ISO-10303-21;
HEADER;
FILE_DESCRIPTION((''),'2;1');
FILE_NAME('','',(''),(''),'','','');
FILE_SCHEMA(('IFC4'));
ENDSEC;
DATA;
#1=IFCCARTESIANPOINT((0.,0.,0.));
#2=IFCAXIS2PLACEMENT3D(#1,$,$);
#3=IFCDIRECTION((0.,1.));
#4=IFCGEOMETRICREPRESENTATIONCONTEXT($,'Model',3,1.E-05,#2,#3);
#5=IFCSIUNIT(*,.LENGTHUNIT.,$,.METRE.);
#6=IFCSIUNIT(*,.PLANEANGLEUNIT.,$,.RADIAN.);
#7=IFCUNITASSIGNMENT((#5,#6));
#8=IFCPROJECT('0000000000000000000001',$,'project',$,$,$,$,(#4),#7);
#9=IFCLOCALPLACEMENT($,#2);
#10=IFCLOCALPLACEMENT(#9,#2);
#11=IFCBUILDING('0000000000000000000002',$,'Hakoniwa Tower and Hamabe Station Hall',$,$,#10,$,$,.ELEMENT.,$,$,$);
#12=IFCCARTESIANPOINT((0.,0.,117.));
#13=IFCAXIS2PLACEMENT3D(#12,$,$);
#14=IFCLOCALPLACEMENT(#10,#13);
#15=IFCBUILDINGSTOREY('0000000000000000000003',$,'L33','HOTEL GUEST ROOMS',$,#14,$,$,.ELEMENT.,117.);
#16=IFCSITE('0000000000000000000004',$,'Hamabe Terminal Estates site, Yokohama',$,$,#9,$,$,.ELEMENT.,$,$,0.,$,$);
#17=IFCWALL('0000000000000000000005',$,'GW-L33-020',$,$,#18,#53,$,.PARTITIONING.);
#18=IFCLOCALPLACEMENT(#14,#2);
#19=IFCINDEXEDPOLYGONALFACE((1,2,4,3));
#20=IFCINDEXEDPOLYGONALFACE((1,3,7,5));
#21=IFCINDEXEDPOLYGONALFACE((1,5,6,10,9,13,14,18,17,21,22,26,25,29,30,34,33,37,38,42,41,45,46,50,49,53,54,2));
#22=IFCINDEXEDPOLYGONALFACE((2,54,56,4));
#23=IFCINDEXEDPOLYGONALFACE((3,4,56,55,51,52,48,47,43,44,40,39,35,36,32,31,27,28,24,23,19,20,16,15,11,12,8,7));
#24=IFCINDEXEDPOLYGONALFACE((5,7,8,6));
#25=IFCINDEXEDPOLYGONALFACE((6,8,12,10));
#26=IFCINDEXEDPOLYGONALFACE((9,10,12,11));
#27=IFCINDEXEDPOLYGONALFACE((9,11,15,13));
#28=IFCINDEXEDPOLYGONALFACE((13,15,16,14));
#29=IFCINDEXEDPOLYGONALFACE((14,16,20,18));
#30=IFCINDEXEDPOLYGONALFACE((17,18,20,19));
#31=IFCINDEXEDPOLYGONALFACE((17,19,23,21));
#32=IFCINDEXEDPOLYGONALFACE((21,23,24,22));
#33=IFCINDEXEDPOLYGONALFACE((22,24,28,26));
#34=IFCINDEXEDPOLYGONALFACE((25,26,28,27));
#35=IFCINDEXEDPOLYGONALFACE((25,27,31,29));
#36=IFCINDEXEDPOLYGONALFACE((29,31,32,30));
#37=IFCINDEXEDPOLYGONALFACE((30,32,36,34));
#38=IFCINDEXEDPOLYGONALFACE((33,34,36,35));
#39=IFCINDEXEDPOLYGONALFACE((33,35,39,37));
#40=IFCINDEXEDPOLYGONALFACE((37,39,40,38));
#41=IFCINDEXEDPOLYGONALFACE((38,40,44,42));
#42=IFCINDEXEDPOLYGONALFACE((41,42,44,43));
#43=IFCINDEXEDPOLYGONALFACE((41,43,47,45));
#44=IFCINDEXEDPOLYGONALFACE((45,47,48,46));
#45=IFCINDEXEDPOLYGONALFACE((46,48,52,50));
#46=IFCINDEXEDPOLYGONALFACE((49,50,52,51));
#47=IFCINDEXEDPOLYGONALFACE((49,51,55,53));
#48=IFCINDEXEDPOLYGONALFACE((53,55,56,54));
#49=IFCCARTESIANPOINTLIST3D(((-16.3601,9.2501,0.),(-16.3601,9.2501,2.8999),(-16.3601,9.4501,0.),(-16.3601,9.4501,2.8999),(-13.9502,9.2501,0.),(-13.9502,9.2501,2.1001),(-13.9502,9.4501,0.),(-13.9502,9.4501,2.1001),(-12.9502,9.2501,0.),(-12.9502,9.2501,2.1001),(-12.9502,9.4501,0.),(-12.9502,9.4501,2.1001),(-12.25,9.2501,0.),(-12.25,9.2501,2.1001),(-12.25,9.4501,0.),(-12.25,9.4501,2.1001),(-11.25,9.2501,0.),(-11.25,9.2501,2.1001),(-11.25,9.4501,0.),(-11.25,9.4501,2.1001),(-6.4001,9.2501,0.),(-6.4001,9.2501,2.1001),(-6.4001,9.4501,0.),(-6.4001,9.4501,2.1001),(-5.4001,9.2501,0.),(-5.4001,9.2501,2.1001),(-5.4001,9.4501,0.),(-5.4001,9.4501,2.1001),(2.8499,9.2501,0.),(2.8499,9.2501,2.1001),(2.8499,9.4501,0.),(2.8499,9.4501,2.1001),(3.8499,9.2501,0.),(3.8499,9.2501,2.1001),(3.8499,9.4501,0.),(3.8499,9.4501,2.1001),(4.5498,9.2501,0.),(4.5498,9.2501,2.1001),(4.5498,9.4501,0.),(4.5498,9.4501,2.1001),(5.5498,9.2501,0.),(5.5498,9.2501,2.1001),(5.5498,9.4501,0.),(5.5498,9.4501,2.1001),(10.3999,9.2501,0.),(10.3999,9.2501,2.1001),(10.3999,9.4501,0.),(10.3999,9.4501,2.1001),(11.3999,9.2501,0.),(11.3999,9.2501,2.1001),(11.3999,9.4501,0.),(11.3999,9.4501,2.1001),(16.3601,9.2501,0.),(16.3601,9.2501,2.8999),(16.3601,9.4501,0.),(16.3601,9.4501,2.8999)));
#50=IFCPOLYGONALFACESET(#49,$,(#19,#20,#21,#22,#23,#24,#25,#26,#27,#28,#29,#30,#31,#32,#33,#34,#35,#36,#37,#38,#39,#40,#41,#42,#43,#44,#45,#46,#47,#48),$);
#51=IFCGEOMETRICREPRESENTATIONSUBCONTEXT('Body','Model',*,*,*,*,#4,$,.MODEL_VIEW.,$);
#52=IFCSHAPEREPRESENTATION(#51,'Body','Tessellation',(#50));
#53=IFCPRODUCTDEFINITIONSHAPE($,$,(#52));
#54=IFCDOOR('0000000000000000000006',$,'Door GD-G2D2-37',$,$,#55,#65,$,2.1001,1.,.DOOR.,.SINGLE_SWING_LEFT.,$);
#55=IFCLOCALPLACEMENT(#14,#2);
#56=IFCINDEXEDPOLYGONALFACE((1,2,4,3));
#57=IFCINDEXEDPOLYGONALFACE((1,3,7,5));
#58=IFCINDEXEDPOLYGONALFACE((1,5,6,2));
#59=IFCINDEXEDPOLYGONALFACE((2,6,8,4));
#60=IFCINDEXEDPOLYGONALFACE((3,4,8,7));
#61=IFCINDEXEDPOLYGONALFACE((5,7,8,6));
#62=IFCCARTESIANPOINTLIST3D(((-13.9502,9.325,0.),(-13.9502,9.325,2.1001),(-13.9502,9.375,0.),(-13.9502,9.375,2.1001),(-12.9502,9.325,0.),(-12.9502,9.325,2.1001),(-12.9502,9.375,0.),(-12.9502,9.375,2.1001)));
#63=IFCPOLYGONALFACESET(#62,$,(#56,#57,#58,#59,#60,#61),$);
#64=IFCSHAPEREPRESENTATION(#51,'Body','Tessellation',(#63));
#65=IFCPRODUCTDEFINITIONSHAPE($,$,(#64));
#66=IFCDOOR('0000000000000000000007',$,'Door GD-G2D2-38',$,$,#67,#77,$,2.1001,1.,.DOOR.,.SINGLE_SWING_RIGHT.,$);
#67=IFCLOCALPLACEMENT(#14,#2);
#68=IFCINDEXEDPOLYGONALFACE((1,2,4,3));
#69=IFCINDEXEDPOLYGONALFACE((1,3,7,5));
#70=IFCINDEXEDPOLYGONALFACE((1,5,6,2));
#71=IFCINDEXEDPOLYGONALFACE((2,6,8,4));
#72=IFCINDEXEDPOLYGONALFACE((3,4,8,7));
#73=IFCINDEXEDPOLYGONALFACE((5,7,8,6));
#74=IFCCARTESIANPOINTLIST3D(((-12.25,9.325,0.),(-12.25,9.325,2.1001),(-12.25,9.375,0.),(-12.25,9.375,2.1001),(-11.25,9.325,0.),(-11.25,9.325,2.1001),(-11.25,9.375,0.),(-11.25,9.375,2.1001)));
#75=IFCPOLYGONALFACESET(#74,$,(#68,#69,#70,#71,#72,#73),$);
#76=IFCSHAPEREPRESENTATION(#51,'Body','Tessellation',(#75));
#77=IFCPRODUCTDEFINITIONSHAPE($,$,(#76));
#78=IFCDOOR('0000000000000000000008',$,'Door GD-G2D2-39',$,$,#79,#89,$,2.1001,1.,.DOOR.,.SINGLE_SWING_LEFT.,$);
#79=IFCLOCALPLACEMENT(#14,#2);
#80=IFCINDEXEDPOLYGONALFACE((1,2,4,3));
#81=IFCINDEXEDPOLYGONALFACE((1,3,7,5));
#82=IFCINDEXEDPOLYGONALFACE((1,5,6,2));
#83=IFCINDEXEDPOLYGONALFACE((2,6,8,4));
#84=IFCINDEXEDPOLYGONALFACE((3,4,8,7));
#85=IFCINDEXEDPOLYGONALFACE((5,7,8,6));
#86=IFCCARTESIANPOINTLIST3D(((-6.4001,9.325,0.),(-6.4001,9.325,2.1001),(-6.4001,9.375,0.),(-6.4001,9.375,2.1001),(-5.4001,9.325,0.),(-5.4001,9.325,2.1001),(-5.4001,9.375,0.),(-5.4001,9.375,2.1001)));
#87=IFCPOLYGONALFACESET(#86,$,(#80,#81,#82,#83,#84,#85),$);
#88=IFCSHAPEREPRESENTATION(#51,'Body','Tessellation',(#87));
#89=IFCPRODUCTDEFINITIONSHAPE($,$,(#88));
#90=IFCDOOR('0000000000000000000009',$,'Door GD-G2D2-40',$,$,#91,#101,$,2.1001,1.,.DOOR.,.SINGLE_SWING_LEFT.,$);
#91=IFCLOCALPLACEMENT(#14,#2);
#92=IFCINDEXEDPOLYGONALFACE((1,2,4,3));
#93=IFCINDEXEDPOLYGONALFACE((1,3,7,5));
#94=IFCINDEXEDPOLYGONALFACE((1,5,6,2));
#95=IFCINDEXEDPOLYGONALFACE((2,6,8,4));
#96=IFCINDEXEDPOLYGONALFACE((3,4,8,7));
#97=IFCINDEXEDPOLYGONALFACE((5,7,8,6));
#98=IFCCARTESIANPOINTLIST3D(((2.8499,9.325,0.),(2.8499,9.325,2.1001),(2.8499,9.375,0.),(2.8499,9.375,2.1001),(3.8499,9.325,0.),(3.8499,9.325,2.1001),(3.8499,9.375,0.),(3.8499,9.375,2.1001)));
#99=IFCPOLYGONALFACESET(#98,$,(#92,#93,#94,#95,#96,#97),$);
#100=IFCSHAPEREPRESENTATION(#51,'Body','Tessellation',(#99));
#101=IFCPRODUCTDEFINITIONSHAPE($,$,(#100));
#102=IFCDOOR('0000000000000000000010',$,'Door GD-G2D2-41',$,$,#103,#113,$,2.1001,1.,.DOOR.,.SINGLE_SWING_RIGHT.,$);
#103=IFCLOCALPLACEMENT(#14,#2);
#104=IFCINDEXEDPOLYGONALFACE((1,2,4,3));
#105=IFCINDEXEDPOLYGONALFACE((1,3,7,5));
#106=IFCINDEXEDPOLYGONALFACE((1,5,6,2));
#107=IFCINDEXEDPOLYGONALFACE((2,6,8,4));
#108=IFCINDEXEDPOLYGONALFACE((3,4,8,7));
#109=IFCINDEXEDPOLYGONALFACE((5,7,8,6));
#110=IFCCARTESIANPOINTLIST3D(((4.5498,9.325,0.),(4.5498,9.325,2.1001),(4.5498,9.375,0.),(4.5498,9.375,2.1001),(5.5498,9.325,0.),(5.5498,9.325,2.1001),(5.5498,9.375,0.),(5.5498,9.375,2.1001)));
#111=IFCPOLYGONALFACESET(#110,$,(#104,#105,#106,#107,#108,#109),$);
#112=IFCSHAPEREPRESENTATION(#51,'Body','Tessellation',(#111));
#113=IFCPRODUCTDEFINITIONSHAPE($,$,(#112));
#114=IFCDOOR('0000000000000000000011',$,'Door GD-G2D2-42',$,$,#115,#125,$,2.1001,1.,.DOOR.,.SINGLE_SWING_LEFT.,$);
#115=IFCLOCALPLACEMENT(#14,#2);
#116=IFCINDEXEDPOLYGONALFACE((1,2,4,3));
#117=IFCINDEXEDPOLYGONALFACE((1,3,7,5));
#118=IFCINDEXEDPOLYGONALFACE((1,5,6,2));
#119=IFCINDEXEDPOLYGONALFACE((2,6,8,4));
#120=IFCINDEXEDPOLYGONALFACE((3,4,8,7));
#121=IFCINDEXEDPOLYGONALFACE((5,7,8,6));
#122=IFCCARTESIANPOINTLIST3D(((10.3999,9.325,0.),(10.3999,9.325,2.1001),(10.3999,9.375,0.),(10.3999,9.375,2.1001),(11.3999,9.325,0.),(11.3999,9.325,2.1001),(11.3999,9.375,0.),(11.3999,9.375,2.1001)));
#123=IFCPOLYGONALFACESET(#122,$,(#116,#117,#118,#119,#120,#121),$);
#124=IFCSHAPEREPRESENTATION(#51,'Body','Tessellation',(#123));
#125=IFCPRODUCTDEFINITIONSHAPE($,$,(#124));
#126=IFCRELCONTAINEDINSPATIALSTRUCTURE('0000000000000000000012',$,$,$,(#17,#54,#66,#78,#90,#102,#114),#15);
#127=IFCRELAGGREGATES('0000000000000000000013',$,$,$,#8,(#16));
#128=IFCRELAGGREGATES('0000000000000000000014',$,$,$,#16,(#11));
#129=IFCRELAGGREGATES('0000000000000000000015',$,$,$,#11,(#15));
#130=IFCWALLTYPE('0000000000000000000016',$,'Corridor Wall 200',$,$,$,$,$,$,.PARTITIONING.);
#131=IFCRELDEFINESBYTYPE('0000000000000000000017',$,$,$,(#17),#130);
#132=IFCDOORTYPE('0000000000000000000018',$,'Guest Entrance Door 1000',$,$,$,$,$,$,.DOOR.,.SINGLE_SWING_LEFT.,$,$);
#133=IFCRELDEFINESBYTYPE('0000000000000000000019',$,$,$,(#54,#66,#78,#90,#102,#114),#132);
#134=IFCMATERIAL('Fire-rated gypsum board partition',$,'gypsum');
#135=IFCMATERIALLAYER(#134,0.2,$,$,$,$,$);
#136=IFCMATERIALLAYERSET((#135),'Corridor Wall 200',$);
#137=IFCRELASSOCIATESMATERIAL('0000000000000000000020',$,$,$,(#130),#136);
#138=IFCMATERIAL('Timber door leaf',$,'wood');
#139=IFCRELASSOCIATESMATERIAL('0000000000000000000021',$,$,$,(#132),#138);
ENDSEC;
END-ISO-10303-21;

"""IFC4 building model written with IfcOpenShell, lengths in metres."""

from ifc_helpers import new_model, si_unit, direction, frame, frame_2d, origin, place, context, subcontext, project, spatial, rectangle, extrude, material, layer, layer_set, type_object, element, fill, save


model = new_model("IFC4")

# Units and contexts
model_context = context("Model", 3, precision=1e-05, world=origin(), true_north=direction((0.0, 1.0)))
body_context = subcontext(model_context, "Body", "Model", "MODEL_VIEW")
ifc_project = project(units=[si_unit("LENGTHUNIT", "METRE"), si_unit("PLANEANGLEUNIT", "RADIAN")], contexts=[model_context])

# Site, building, storey
site_placement = place(None, origin())
site = spatial("IfcSite", under=ifc_project, at=site_placement, Name="Hamabe Terminal Estates site, Yokohama", CompositionType="ELEMENT", RefElevation=0.0)
building_placement = place(site_placement, origin())
building = spatial("IfcBuilding", under=site, at=building_placement, Name="Hakoniwa Tower and Hamabe Station Hall", CompositionType="ELEMENT")
storey_placement = place(building_placement, frame((0.0, 0.0, 117.0)))
storey = spatial("IfcBuildingStorey", under=building, at=storey_placement, Name="L33", Description="HOTEL GUEST ROOMS", CompositionType="ELEMENT", Elevation=117.0)

# Wall, openings, doors
ifc_material_1 = material(Name="Fire-rated gypsum board partition", Category="gypsum")
ifc_layer_1 = layer(ifc_material_1, 0.2)
ifc_layer_set_1 = layer_set([ifc_layer_1], Name="Corridor Wall 200")
wall_type_1 = type_object("IfcWallType", Name="Corridor Wall 200", PredefinedType="PARTITIONING", material=ifc_layer_set_1)
wall_1_placement = place(storey_placement, frame((-16.3601, 9.3501, 0.0), z_axis=(0.0, 0.0, 1.0), x_axis=(1.0, 0.0, 0.0)))
wall_1 = element("IfcWall", 1, at=wall_1_placement, inside=storey, type_object=wall_type_1, Name="GW-L33-020", PredefinedType="PARTITIONING", context=body_context, shape_type="SweptSolid", body=[
    extrude(rectangle(XDim=32.7202, YDim=0.2, at=frame_2d((16.3601, 0.0))), origin(), (0.0, 0.0, 1.0), 2.8999),
])
opening_1_placement = place(wall_1_placement, frame((2.4099, 0.0, 0.0)))
opening_1 = element("IfcOpeningElement", 2, at=opening_1_placement, cuts=wall_1, PredefinedType="OPENING", context=body_context, shape_type="SweptSolid", body=[
    extrude(rectangle(XDim=1.0, YDim=2.1001, at=frame_2d((0.5, 1.05))), frame((0.0, 0.1099, 0.0), z_axis=(0.0, -1.0, 0.0), x_axis=(1.0, 0.0, 0.0)), (0.0, 0.0, 1.0), 0.22),
])
opening_2_placement = place(wall_1_placement, frame((4.1101, 0.0, 0.0)))
opening_2 = element("IfcOpeningElement", 3, at=opening_2_placement, cuts=wall_1, PredefinedType="OPENING", context=body_context, shape_type="SweptSolid", body=[
    extrude(rectangle(XDim=1.0, YDim=2.1001, at=frame_2d((0.5, 1.05))), frame((0.0, 0.1099, 0.0), z_axis=(0.0, -1.0, 0.0), x_axis=(1.0, 0.0, 0.0)), (0.0, 0.0, 1.0), 0.22),
])
opening_3_placement = place(wall_1_placement, frame((9.96, 0.0, 0.0)))
opening_3 = element("IfcOpeningElement", 4, at=opening_3_placement, cuts=wall_1, PredefinedType="OPENING", context=body_context, shape_type="SweptSolid", body=[
    extrude(rectangle(XDim=1.0, YDim=2.1001, at=frame_2d((0.5, 1.05))), frame((0.0, 0.1099, 0.0), z_axis=(0.0, -1.0, 0.0), x_axis=(1.0, 0.0, 0.0)), (0.0, 0.0, 1.0), 0.22),
])
opening_4_placement = place(wall_1_placement, frame((19.21, 0.0, 0.0)))
opening_4 = element("IfcOpeningElement", 5, at=opening_4_placement, cuts=wall_1, PredefinedType="OPENING", context=body_context, shape_type="SweptSolid", body=[
    extrude(rectangle(XDim=1.0, YDim=2.1001, at=frame_2d((0.5, 1.05))), frame((0.0, 0.1099, 0.0), z_axis=(0.0, -1.0, 0.0), x_axis=(1.0, 0.0, 0.0)), (0.0, 0.0, 1.0), 0.22),
])
opening_5_placement = place(wall_1_placement, frame((20.9099, 0.0, 0.0)))
opening_5 = element("IfcOpeningElement", 6, at=opening_5_placement, cuts=wall_1, PredefinedType="OPENING", context=body_context, shape_type="SweptSolid", body=[
    extrude(rectangle(XDim=1.0, YDim=2.1001, at=frame_2d((0.5, 1.05))), frame((0.0, 0.1099, 0.0), z_axis=(0.0, -1.0, 0.0), x_axis=(1.0, 0.0, 0.0)), (0.0, 0.0, 1.0), 0.22),
])
opening_6_placement = place(wall_1_placement, frame((26.76, 0.0, 0.0)))
opening_6 = element("IfcOpeningElement", 7, at=opening_6_placement, cuts=wall_1, PredefinedType="OPENING", context=body_context, shape_type="SweptSolid", body=[
    extrude(rectangle(XDim=1.0, YDim=2.1001, at=frame_2d((0.5, 1.05))), frame((0.0, 0.1099, 0.0), z_axis=(0.0, -1.0, 0.0), x_axis=(1.0, 0.0, 0.0)), (0.0, 0.0, 1.0), 0.22),
])
ifc_material_2 = material(Name="Timber door leaf", Category="wood")
door_type_1 = type_object("IfcDoorType", Name="Guest Entrance Door 1000", OperationType="SINGLE_SWING_LEFT", PredefinedType="DOOR", material=ifc_material_2)
door_1_placement = place(opening_1_placement, origin())
door_1 = element("IfcDoor", 8, at=door_1_placement, inside=storey, type_object=door_type_1, Name="Door GD-G2D2-37", OperationType="SINGLE_SWING_LEFT", OverallHeight=2.1001, OverallWidth=1.0, PredefinedType="DOOR", context=body_context, shape_type="SweptSolid", body=[
    extrude(rectangle(XDim=1.0, YDim=2.1001, at=frame_2d((0.5, 1.05))), frame((0.0, 0.0249, 0.0), z_axis=(0.0, -1.0, 0.0), x_axis=(1.0, 0.0, 0.0)), (0.0, 0.0, 1.0), 0.05),
])
fill(opening_1, door_1)
door_2_placement = place(opening_2_placement, origin())
door_2 = element("IfcDoor", 9, at=door_2_placement, inside=storey, type_object=door_type_1, Name="Door GD-G2D2-38", OperationType="SINGLE_SWING_RIGHT", OverallHeight=2.1001, OverallWidth=1.0, PredefinedType="DOOR", context=body_context, shape_type="SweptSolid", body=[
    extrude(rectangle(XDim=1.0, YDim=2.1001, at=frame_2d((0.5, 1.05))), frame((0.0, 0.0249, 0.0), z_axis=(0.0, -1.0, 0.0), x_axis=(1.0, 0.0, 0.0)), (0.0, 0.0, 1.0), 0.05),
])
fill(opening_2, door_2)
door_3_placement = place(opening_3_placement, origin())
door_3 = element("IfcDoor", 10, at=door_3_placement, inside=storey, type_object=door_type_1, Name="Door GD-G2D2-39", OperationType="SINGLE_SWING_LEFT", OverallHeight=2.1001, OverallWidth=1.0, PredefinedType="DOOR", context=body_context, shape_type="SweptSolid", body=[
    extrude(rectangle(XDim=1.0, YDim=2.1001, at=frame_2d((0.5, 1.05))), frame((0.0, 0.0249, 0.0), z_axis=(0.0, -1.0, 0.0), x_axis=(1.0, 0.0, 0.0)), (0.0, 0.0, 1.0), 0.05),
])
fill(opening_3, door_3)
door_4_placement = place(opening_4_placement, origin())
door_4 = element("IfcDoor", 11, at=door_4_placement, inside=storey, type_object=door_type_1, Name="Door GD-G2D2-40", OperationType="SINGLE_SWING_LEFT", OverallHeight=2.1001, OverallWidth=1.0, PredefinedType="DOOR", context=body_context, shape_type="SweptSolid", body=[
    extrude(rectangle(XDim=1.0, YDim=2.1001, at=frame_2d((0.5, 1.05))), frame((0.0, 0.0249, 0.0), z_axis=(0.0, -1.0, 0.0), x_axis=(1.0, 0.0, 0.0)), (0.0, 0.0, 1.0), 0.05),
])
fill(opening_4, door_4)
door_5_placement = place(opening_5_placement, origin())
door_5 = element("IfcDoor", 12, at=door_5_placement, inside=storey, type_object=door_type_1, Name="Door GD-G2D2-41", OperationType="SINGLE_SWING_RIGHT", OverallHeight=2.1001, OverallWidth=1.0, PredefinedType="DOOR", context=body_context, shape_type="SweptSolid", body=[
    extrude(rectangle(XDim=1.0, YDim=2.1001, at=frame_2d((0.5, 1.05))), frame((0.0, 0.0249, 0.0), z_axis=(0.0, -1.0, 0.0), x_axis=(1.0, 0.0, 0.0)), (0.0, 0.0, 1.0), 0.05),
])
fill(opening_5, door_5)
door_6_placement = place(opening_6_placement, origin())
door_6 = element("IfcDoor", 13, at=door_6_placement, inside=storey, type_object=door_type_1, Name="Door GD-G2D2-42", OperationType="SINGLE_SWING_LEFT", OverallHeight=2.1001, OverallWidth=1.0, PredefinedType="DOOR", context=body_context, shape_type="SweptSolid", body=[
    extrude(rectangle(XDim=1.0, YDim=2.1001, at=frame_2d((0.5, 1.05))), frame((0.0, 0.0249, 0.0), z_axis=(0.0, -1.0, 0.0), x_axis=(1.0, 0.0, 0.0)), (0.0, 0.0, 1.0), 0.05),
])
fill(opening_6, door_6)

save(model, "model.ifc")
